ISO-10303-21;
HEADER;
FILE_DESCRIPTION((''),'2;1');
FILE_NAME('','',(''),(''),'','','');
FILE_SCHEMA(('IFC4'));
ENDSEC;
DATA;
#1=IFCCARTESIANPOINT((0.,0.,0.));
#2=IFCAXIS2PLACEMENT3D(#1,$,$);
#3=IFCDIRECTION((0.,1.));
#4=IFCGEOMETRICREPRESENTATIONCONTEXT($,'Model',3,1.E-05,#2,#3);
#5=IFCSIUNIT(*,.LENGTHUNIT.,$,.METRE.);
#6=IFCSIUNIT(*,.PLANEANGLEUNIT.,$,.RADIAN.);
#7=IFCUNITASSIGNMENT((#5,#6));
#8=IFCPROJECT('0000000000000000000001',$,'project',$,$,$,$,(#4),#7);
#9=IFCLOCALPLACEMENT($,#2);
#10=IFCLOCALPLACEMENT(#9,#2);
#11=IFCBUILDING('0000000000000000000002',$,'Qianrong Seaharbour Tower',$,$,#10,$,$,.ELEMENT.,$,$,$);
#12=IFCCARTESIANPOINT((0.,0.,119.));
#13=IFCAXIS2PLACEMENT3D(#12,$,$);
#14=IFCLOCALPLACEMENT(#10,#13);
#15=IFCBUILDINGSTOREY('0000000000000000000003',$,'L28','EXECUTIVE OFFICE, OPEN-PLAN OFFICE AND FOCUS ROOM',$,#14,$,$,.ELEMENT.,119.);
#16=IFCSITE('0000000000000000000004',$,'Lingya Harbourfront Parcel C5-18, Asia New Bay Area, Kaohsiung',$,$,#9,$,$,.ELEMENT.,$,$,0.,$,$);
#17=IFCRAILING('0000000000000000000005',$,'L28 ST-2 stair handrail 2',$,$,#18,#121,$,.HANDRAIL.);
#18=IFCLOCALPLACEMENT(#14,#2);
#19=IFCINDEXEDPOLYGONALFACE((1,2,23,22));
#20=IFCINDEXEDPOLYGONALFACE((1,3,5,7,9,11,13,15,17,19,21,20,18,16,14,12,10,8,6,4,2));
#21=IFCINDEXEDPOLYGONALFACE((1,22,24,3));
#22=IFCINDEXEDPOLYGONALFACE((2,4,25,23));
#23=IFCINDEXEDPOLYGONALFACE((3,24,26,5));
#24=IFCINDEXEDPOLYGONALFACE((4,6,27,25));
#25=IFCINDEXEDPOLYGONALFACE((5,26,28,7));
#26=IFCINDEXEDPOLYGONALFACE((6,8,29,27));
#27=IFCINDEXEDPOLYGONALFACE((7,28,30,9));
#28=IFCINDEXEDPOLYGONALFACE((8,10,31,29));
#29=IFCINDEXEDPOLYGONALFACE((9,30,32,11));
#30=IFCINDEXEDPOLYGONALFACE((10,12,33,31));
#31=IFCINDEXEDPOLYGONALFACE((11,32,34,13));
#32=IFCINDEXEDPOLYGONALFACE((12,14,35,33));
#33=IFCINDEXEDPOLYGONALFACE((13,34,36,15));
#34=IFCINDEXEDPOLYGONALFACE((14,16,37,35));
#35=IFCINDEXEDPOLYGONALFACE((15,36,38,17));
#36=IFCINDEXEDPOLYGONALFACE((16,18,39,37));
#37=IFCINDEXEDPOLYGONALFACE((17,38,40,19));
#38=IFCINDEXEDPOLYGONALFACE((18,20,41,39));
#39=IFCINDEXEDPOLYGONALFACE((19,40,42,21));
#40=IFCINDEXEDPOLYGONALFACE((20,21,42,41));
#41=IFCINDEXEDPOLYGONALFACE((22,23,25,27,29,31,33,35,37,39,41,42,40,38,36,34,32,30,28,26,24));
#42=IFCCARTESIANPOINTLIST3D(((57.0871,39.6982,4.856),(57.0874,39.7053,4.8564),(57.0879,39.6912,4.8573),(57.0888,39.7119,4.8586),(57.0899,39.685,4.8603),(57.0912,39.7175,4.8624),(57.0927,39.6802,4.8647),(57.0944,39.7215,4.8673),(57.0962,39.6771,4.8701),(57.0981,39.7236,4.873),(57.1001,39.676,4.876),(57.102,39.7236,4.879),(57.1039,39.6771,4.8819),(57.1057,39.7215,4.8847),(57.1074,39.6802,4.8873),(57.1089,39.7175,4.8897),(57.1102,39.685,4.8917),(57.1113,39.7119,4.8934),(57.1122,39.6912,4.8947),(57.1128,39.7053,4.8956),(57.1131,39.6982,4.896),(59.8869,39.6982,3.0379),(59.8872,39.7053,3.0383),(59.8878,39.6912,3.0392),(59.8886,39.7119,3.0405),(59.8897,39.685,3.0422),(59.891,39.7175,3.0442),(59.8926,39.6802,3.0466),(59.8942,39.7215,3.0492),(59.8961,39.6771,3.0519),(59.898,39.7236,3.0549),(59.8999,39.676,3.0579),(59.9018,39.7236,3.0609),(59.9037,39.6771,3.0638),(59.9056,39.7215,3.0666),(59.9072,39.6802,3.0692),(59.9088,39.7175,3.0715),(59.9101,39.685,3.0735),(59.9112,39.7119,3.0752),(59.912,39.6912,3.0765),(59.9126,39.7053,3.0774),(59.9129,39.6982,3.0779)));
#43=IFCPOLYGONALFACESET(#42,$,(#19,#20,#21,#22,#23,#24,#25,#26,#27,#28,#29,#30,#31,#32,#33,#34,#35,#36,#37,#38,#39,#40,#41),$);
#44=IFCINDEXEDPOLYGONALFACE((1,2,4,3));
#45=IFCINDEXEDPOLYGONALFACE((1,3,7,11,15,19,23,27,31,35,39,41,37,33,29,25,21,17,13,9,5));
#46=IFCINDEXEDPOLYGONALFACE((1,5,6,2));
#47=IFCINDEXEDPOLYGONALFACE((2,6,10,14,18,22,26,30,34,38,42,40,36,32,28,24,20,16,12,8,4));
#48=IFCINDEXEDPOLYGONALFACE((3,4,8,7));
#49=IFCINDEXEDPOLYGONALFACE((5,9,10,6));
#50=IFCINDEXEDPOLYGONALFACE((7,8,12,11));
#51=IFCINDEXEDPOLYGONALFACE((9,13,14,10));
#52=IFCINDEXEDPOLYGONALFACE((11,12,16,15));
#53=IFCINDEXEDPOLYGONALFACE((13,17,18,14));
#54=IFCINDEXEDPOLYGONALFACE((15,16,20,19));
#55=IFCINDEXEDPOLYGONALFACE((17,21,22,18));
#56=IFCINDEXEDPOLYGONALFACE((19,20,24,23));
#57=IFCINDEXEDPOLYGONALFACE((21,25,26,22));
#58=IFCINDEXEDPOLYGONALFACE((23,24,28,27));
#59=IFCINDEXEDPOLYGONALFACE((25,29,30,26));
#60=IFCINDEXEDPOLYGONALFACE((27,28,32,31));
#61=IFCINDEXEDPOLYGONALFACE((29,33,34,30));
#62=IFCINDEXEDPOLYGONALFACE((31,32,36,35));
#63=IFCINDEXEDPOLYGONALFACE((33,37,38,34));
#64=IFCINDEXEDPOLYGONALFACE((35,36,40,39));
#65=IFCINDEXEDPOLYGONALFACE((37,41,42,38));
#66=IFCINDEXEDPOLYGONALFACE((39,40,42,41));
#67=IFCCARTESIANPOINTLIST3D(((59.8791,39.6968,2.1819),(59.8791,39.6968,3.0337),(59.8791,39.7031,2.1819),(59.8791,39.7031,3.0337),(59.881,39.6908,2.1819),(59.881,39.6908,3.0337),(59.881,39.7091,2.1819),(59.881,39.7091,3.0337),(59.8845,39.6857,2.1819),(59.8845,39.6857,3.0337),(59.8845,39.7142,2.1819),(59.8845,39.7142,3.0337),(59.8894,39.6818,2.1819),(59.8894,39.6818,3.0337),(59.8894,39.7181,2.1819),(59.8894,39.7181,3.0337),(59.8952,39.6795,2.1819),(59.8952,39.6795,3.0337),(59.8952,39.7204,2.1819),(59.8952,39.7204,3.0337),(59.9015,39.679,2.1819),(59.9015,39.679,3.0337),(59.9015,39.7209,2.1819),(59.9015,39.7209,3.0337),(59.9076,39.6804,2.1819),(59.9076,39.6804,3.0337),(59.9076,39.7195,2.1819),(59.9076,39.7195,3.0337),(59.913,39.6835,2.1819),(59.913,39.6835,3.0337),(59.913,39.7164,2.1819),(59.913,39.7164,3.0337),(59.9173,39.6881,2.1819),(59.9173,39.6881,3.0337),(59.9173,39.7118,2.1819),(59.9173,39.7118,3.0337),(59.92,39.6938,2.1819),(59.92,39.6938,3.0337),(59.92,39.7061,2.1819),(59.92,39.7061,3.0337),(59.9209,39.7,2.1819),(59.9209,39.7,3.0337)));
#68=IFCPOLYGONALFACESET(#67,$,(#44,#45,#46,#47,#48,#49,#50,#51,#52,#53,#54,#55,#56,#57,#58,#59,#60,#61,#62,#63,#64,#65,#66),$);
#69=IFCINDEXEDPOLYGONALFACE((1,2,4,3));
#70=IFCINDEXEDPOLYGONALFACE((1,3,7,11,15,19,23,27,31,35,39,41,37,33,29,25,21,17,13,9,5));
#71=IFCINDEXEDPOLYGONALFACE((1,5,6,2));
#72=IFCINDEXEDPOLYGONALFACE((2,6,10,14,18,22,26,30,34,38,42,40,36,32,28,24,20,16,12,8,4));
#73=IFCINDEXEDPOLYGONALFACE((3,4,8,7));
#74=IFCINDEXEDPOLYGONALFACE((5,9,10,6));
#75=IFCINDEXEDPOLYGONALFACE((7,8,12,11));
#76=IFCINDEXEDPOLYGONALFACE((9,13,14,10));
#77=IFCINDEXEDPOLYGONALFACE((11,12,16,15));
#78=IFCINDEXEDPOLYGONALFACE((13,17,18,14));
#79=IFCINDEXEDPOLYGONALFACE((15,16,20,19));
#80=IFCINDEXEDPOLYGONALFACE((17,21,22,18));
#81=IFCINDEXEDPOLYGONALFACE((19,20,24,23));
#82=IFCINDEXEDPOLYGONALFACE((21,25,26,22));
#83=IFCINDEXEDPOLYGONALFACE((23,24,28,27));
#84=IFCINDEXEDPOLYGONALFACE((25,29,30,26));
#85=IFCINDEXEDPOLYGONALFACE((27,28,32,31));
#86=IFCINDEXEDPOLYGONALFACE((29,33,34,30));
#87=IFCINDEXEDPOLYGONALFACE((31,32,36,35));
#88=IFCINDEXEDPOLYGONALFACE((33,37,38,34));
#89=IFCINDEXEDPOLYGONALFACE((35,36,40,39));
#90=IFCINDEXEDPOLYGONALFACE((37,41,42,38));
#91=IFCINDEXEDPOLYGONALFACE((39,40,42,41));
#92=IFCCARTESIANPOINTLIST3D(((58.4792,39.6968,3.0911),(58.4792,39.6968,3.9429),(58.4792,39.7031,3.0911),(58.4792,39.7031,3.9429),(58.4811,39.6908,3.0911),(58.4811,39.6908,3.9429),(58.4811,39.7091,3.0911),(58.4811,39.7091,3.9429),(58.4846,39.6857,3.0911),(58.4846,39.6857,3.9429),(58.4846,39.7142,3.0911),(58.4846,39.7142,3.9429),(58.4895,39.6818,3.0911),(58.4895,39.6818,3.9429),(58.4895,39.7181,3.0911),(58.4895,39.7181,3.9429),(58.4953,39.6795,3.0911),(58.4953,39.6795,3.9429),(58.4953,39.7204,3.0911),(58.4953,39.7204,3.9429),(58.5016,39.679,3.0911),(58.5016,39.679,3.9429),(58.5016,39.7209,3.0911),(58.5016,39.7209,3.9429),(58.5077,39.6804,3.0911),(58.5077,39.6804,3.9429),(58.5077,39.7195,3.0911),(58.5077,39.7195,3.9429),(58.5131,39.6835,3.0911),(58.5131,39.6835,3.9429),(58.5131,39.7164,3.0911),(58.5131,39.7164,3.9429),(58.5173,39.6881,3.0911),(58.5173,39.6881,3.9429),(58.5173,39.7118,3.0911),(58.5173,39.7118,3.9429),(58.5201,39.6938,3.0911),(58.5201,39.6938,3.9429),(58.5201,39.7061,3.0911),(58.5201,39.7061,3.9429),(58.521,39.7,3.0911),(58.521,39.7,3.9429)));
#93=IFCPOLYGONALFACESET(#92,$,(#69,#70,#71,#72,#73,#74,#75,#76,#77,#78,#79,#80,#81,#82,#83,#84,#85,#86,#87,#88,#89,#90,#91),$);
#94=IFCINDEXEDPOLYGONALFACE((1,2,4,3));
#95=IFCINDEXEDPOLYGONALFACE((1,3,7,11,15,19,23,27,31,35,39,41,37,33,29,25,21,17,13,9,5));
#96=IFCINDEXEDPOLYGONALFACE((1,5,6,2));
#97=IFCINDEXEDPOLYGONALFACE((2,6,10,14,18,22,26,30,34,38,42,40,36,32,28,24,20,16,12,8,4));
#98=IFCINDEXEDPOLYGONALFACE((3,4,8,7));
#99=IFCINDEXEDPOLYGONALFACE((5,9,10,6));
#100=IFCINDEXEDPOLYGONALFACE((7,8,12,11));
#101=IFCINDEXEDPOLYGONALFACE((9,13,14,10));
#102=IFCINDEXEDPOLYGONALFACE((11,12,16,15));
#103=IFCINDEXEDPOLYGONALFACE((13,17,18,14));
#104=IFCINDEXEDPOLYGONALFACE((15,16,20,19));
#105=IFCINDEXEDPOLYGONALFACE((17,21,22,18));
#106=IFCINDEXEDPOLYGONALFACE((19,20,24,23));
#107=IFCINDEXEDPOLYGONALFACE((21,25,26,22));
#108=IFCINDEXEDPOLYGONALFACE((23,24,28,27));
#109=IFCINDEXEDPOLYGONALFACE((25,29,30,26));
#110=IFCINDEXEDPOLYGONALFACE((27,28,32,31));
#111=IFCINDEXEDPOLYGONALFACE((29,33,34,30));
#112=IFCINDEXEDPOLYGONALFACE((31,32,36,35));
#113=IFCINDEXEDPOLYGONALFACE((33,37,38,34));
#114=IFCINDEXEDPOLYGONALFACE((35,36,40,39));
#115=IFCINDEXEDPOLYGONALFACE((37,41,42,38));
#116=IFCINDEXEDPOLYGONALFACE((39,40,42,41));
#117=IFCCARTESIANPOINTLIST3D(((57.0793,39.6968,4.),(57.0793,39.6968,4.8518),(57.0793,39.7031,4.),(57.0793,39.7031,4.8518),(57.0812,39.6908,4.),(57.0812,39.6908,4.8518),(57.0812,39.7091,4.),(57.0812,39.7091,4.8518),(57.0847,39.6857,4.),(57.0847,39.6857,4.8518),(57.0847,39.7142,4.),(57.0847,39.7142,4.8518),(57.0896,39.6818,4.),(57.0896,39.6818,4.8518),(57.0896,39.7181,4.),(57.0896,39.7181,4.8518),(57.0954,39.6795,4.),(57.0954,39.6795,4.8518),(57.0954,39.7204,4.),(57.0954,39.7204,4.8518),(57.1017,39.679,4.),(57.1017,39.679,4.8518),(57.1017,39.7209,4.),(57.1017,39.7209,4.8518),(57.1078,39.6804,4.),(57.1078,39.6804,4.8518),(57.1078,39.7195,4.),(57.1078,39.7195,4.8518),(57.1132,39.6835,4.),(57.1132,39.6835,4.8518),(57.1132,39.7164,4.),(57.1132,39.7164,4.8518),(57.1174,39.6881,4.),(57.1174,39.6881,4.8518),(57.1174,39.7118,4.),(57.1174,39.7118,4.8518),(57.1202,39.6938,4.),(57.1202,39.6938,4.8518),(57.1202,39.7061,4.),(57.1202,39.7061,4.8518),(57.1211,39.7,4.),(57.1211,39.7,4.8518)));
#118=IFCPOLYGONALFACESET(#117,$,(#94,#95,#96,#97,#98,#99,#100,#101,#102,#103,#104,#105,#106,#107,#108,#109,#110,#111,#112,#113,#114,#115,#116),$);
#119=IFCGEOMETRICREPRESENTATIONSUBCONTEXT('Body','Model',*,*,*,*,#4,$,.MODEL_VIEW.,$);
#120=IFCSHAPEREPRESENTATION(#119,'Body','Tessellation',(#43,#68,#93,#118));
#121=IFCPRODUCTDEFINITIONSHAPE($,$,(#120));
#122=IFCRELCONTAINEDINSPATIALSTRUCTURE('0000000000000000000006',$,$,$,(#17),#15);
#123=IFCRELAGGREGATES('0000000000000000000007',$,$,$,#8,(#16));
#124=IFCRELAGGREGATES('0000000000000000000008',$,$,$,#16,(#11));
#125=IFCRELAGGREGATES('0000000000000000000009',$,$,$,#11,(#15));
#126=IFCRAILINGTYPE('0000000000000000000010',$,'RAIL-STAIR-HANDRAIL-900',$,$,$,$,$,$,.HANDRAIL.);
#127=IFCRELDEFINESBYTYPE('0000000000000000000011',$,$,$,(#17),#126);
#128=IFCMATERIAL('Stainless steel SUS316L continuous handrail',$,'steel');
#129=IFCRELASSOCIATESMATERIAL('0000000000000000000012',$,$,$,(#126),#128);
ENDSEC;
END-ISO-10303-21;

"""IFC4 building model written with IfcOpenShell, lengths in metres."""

from ifc_helpers import new_model, si_unit, direction, frame, origin, origin_2d, place, context, subcontext, project, spatial, circle, extrude, material, type_object, element, save


model = new_model("IFC4")

# Units and contexts
model_context = context("Model", 3, precision=1e-05, world=origin(), true_north=direction((0.0, 1.0)))
body_context = subcontext(model_context, "Body", "Model", "MODEL_VIEW")
ifc_project = project(units=[si_unit("LENGTHUNIT", "METRE"), si_unit("PLANEANGLEUNIT", "RADIAN")], contexts=[model_context])

# Site, building, storey
site_placement = place(None, origin())
site = spatial("IfcSite", under=ifc_project, at=site_placement, Name="Lingya Harbourfront Parcel C5-18, Asia New Bay Area, Kaohsiung", CompositionType="ELEMENT", RefElevation=0.0)
building_placement = place(site_placement, origin())
building = spatial("IfcBuilding", under=site, at=building_placement, Name="Qianrong Seaharbour Tower", CompositionType="ELEMENT")
storey_placement = place(building_placement, frame((0.0, 0.0, 119.0)))
storey = spatial("IfcBuildingStorey", under=building, at=storey_placement, Name="L28", Description="EXECUTIVE OFFICE, OPEN-PLAN OFFICE AND FOCUS ROOM", CompositionType="ELEMENT", Elevation=119.0)

# Railing
ifc_material_1 = material(Name="Stainless steel SUS316L continuous handrail", Category="steel")
railing_type_1 = type_object("IfcRailingType", Name="RAIL-STAIR-HANDRAIL-900", PredefinedType="HANDRAIL", material=ifc_material_1)
railing_1_placement = place(storey_placement, frame((59.8999, 39.7, 2.1819)))
element("IfcRailing", 1, at=railing_1_placement, inside=storey, type_object=railing_type_1, Name="L28 ST-2 stair handrail 2", PredefinedType="HANDRAIL", context=body_context, shape_type="SweptSolid", body=[
    extrude(circle(Radius=0.0239, at=origin_2d()), frame((0.0, 0.0, 0.876), z_axis=(-0.838684, 0.0, 0.544618), x_axis=(0.0, -1.0, 0.0)), (0.0, 0.0, 1.0), 3.3384),
    extrude(circle(Radius=0.021, at=origin_2d()), origin(), (0.0, 0.0, 1.0), 0.8518),
    extrude(circle(Radius=0.021, at=origin_2d()), frame((-1.3999, 0.0, 0.9092)), (0.0, 0.0, 1.0), 0.8518),
    extrude(circle(Radius=0.021, at=origin_2d()), frame((-2.7998, 0.0, 1.8181)), (0.0, 0.0, 1.0), 0.8518),
])

save(model, "model.ifc")
